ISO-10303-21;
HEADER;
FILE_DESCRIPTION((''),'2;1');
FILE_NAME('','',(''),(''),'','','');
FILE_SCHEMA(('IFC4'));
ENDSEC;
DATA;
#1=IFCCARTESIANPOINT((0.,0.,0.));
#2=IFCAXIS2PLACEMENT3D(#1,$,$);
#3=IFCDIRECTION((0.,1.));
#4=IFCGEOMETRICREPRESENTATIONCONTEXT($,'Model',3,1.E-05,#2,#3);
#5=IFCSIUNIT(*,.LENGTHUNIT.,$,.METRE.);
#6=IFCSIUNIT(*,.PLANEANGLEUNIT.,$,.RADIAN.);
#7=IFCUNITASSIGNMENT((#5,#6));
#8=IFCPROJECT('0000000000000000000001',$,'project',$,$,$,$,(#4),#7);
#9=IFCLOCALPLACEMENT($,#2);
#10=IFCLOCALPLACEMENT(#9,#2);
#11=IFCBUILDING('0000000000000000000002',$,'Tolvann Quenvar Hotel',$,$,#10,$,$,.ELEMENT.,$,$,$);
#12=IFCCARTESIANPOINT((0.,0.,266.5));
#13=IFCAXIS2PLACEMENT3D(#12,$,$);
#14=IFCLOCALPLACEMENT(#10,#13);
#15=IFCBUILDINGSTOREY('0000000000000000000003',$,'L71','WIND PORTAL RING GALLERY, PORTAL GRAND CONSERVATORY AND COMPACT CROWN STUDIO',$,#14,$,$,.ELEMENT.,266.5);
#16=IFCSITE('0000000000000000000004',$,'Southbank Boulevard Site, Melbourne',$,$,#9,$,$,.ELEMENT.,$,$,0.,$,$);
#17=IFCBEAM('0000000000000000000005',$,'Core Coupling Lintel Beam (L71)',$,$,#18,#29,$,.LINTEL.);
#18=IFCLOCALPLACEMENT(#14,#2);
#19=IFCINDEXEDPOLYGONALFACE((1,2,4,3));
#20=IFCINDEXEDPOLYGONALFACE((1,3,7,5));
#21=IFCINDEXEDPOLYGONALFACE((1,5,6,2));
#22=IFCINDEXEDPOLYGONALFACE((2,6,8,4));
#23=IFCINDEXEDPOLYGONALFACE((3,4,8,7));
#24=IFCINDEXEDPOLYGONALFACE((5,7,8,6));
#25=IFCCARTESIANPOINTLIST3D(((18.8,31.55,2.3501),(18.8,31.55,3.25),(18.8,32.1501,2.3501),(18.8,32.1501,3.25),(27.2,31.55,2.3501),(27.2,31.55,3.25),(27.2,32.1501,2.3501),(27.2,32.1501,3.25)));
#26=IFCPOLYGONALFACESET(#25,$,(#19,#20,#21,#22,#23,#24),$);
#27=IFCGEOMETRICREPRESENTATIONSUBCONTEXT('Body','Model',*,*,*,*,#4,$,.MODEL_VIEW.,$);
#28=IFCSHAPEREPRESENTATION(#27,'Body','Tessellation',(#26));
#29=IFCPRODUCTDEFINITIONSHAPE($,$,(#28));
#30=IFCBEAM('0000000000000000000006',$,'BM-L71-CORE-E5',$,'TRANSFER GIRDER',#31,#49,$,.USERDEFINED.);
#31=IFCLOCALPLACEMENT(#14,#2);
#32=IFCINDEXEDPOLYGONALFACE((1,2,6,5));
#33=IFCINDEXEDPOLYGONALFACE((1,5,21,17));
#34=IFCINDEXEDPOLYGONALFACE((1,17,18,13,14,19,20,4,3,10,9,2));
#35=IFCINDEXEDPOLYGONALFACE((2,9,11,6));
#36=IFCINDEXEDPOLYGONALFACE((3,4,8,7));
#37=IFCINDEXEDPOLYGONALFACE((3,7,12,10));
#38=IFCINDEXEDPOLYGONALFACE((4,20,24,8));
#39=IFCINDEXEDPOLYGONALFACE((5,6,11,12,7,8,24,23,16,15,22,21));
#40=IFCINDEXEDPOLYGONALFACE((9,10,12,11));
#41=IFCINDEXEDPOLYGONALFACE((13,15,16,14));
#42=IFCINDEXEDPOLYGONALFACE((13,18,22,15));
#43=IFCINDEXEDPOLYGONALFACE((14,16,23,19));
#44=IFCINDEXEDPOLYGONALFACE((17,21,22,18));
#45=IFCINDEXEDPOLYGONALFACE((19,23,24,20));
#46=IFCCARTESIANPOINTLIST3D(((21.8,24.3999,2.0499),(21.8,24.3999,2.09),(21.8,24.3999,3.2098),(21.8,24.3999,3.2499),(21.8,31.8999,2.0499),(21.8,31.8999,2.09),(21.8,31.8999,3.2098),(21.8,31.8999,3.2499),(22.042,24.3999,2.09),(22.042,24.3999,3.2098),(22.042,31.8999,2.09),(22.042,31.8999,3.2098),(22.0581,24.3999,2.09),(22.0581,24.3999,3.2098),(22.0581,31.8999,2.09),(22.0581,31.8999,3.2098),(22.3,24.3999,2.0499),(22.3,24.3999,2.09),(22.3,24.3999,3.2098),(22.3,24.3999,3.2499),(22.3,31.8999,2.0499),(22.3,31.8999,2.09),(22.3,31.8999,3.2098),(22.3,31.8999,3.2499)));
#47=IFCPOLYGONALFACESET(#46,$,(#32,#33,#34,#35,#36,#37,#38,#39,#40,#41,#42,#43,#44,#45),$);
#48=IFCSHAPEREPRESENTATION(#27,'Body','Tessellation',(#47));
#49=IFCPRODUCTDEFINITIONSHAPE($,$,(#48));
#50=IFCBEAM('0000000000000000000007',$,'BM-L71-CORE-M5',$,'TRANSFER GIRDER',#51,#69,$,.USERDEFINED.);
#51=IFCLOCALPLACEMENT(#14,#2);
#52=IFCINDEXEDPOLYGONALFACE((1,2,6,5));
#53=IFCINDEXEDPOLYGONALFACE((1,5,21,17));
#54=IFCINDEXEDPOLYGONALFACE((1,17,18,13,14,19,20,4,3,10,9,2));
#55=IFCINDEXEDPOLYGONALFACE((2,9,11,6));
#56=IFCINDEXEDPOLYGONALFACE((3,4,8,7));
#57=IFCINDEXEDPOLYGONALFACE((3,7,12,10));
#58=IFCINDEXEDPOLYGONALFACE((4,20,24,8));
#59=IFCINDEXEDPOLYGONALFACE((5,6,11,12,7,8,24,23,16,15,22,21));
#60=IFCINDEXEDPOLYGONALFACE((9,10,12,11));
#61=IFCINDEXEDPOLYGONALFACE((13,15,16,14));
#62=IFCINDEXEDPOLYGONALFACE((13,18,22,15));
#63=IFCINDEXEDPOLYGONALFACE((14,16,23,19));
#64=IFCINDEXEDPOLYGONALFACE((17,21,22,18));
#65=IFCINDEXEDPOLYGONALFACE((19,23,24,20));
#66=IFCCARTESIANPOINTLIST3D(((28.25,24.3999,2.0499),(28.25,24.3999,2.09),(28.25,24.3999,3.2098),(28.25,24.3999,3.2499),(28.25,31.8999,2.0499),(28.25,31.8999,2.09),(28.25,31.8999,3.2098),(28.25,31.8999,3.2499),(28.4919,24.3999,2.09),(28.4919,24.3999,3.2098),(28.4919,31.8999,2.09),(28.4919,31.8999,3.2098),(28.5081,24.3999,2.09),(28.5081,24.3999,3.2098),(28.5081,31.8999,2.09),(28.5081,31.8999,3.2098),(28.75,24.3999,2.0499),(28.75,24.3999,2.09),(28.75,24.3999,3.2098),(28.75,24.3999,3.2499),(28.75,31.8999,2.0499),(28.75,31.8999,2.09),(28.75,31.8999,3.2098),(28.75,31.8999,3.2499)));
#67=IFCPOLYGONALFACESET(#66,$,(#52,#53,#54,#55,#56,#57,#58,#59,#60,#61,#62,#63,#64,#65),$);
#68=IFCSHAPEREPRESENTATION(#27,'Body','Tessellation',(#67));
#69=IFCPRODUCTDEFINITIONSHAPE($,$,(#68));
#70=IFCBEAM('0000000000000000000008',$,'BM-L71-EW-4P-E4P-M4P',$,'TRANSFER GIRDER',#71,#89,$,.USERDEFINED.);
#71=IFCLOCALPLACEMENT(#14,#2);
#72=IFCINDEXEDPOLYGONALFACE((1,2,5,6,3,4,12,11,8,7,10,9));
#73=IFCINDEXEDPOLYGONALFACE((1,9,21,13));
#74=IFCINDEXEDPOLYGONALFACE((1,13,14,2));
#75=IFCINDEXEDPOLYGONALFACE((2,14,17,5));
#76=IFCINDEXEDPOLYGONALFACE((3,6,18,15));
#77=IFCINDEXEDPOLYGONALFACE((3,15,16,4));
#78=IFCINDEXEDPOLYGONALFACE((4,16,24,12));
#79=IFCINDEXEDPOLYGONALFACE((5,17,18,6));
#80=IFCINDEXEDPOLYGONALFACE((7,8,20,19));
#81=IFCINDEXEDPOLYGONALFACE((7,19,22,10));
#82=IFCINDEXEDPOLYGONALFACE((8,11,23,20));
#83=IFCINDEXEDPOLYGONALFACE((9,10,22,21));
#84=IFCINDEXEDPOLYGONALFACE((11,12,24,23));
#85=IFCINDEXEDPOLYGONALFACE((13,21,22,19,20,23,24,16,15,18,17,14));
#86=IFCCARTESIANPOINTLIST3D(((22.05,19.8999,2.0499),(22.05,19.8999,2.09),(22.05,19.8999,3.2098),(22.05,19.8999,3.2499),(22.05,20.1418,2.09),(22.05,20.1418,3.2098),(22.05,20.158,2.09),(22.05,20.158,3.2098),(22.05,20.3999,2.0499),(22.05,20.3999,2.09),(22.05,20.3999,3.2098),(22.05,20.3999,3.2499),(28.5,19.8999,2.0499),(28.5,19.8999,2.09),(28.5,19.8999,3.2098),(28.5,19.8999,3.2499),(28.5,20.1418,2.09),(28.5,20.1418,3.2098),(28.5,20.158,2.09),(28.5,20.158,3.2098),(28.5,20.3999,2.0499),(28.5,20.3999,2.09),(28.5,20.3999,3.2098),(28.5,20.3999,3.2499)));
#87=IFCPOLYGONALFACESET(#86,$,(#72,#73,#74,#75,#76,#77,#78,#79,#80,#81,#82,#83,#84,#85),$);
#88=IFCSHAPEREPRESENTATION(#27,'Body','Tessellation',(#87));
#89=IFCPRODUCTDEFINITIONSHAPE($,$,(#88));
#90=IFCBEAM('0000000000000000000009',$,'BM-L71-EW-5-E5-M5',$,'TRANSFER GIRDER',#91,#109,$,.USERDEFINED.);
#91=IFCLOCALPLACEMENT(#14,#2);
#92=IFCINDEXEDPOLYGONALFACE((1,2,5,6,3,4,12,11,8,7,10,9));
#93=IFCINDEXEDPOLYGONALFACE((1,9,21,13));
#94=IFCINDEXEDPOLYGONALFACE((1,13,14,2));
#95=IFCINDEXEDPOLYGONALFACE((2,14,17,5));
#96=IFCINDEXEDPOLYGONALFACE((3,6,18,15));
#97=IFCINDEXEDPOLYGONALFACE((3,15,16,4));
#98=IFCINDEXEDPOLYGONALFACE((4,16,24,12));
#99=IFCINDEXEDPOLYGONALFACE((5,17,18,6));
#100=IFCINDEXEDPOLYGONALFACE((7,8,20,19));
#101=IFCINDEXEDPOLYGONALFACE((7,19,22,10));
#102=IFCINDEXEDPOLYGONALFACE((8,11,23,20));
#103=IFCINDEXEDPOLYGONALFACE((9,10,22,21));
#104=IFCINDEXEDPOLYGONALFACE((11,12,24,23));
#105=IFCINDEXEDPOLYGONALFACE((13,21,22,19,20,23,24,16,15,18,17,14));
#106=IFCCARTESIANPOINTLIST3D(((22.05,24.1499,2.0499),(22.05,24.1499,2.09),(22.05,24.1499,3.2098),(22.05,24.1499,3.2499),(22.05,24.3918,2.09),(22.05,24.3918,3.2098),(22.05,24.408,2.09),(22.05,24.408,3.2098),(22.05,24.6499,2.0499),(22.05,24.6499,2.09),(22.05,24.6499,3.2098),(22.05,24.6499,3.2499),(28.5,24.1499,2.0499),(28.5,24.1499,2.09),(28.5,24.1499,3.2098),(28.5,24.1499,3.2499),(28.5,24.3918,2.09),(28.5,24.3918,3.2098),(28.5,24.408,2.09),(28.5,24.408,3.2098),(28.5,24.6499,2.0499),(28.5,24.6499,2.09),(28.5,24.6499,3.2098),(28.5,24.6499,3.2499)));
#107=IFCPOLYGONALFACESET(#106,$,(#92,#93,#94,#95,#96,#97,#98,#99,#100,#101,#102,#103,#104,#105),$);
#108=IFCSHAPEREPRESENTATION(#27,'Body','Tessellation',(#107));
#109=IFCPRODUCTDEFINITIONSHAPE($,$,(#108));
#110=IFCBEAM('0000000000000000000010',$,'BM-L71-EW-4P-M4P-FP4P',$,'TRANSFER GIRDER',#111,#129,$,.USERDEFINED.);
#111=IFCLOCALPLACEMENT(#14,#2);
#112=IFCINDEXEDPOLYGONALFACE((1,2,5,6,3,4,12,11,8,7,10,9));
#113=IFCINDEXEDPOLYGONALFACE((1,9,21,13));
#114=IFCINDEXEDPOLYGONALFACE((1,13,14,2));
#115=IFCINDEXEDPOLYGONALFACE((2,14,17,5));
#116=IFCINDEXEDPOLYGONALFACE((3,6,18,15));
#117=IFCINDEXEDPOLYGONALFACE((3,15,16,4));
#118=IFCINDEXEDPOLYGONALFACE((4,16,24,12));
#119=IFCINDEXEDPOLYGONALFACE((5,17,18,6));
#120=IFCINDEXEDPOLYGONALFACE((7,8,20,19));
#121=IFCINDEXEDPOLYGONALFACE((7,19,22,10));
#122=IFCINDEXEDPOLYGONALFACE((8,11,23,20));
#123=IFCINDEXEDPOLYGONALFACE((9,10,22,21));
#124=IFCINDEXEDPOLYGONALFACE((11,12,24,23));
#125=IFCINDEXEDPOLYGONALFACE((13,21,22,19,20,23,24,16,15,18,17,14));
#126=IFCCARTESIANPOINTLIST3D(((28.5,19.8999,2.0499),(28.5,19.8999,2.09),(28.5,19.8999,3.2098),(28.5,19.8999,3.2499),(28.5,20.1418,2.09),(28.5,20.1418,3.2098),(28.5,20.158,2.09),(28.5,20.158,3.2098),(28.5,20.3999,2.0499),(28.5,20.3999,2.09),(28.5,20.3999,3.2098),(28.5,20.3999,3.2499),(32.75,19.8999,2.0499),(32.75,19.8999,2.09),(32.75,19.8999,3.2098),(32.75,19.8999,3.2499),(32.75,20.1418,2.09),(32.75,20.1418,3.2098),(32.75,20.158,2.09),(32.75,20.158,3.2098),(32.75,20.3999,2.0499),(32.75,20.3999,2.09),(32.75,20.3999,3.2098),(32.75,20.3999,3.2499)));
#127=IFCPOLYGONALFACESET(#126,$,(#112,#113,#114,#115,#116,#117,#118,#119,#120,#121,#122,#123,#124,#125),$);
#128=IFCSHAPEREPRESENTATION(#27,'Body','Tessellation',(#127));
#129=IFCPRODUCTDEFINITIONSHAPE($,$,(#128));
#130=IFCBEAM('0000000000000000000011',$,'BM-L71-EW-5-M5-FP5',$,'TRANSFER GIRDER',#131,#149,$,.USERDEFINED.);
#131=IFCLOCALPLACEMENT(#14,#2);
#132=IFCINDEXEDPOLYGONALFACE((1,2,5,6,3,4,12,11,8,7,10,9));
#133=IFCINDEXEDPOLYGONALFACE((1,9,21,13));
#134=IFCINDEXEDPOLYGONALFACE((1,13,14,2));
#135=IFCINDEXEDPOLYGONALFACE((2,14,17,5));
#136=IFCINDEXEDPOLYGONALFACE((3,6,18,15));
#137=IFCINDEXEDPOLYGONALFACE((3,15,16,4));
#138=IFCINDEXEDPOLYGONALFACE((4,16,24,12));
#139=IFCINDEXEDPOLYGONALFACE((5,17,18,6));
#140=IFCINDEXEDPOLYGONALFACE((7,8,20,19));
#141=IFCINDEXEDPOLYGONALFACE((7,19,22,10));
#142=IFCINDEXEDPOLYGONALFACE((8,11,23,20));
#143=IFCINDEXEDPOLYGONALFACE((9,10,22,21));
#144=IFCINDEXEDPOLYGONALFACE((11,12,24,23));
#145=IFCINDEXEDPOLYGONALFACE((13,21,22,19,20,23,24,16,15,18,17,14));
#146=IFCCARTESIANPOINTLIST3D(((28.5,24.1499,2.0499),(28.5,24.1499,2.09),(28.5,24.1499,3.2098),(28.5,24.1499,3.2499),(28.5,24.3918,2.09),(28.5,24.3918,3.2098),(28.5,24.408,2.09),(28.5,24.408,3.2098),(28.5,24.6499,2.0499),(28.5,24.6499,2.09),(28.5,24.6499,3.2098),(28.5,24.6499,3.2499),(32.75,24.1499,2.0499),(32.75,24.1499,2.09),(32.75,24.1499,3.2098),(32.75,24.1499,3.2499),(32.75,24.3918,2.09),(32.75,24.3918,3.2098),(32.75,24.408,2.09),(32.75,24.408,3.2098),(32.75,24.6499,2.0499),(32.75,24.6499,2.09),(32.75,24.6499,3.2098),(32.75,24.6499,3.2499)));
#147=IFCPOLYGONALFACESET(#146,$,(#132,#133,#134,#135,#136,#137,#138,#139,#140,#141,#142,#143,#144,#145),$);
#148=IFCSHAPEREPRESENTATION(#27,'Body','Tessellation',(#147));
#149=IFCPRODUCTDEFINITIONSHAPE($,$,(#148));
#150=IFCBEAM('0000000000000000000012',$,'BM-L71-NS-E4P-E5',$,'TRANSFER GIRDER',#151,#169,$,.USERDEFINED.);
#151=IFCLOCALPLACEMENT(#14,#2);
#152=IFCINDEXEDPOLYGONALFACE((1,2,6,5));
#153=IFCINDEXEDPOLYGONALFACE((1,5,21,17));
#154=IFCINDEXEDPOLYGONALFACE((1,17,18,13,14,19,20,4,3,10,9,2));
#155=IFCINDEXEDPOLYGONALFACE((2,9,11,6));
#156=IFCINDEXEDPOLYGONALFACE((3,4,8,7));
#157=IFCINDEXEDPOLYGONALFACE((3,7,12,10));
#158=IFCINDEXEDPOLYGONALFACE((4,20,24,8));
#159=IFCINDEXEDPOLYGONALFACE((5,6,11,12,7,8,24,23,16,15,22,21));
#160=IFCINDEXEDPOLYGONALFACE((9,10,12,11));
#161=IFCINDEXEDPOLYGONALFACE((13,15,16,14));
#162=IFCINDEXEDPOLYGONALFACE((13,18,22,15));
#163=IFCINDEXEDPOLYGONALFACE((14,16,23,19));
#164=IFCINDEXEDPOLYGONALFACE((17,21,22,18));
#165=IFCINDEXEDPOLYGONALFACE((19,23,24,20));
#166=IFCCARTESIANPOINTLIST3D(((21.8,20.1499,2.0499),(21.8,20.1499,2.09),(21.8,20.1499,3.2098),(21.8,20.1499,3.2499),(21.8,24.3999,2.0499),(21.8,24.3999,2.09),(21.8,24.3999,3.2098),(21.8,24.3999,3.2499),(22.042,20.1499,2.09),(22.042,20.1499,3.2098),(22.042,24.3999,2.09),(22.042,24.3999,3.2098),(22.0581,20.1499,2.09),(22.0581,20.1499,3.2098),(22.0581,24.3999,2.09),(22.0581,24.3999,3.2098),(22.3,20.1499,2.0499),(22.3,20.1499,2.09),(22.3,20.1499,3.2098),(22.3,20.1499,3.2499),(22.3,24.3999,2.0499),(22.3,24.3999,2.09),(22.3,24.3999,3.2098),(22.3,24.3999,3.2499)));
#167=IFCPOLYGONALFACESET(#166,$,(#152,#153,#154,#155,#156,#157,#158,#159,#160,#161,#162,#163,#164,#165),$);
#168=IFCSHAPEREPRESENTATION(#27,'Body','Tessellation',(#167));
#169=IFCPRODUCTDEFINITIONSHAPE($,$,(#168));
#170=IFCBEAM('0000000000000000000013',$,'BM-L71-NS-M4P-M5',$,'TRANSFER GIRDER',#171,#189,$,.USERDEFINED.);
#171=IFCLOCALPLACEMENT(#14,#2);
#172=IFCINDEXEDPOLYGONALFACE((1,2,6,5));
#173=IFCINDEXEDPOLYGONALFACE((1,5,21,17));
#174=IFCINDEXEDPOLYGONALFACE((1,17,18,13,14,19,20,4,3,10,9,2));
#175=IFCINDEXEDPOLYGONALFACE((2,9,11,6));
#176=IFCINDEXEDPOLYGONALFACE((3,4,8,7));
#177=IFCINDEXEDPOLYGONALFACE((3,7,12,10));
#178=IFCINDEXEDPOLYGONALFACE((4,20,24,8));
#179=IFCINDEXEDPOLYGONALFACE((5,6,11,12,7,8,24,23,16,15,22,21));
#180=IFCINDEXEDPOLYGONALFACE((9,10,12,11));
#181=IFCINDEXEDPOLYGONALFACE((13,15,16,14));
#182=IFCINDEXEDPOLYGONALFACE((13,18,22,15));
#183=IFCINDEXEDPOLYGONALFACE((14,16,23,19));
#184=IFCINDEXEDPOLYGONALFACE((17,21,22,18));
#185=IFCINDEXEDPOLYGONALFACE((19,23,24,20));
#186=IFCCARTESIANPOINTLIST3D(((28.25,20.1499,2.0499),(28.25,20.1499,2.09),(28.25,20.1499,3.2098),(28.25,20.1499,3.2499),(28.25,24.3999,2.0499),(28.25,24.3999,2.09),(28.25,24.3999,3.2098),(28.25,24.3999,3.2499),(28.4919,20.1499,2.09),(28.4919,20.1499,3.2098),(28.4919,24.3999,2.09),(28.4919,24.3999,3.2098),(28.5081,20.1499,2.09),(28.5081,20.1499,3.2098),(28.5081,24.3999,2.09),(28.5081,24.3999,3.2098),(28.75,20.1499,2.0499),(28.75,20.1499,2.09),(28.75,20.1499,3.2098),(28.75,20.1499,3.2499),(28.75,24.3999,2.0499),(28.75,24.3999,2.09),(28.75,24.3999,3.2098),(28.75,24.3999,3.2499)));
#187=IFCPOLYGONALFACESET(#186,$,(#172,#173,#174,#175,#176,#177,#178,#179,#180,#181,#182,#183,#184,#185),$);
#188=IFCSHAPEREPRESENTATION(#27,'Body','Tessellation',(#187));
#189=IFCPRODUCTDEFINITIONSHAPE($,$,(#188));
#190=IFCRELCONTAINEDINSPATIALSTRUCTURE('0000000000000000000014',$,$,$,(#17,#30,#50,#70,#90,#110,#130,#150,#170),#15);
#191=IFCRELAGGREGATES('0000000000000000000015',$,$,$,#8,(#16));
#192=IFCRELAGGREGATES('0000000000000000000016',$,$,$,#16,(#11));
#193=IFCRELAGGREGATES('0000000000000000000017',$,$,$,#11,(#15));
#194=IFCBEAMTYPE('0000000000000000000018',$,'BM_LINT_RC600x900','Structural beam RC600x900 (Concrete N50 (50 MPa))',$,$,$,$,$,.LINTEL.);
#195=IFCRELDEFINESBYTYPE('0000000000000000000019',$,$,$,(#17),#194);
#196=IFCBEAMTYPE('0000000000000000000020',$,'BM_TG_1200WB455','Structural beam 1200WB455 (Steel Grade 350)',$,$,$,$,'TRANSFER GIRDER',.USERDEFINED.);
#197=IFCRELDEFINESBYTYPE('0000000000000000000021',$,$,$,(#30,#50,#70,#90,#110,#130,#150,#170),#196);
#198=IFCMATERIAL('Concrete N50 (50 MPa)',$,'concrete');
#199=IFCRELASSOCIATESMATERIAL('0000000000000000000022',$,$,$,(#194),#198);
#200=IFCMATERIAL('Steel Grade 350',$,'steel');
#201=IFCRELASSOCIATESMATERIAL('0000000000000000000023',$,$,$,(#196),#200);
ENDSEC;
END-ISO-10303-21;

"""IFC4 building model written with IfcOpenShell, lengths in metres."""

from ifc_helpers import new_model, si_unit, direction, frame, origin, origin_2d, place, context, subcontext, project, spatial, rectangle, i_section, extrude, source, transform, mapped, material, material_profile, profile_set, type_object, type_shapes, element, save


model = new_model("IFC4")

# Units and contexts
model_context = context("Model", 3, precision=1e-05, world=origin(), true_north=direction((0.0, 1.0)))
body_context = subcontext(model_context, "Body", "Model", "MODEL_VIEW")
ifc_project = project(units=[si_unit("LENGTHUNIT", "METRE"), si_unit("PLANEANGLEUNIT", "RADIAN")], contexts=[model_context])

# Site, building, storey
site_placement = place(None, origin())
site = spatial("IfcSite", under=ifc_project, at=site_placement, Name="Southbank Boulevard Site, Melbourne", CompositionType="ELEMENT", RefElevation=0.0)
building_placement = place(site_placement, origin())
building = spatial("IfcBuilding", under=site, at=building_placement, Name="Tolvann Quenvar Hotel", CompositionType="ELEMENT")
storey_placement = place(building_placement, frame((0.0, 0.0, 266.5)))
storey = spatial("IfcBuildingStorey", under=building, at=storey_placement, Name="L71", Description="WIND PORTAL RING GALLERY, PORTAL GRAND CONSERVATORY AND COMPACT CROWN STUDIO", CompositionType="ELEMENT", Elevation=266.5)

# Shared definitions
ifc_material_1 = material(Name="Steel Grade 350", Category="steel")

# Beams
ifc_material_2 = material(Name="Concrete N50 (50 MPa)", Category="concrete")
ifc_material_profile_1 = material_profile(ifc_material_2, rectangle(XDim=0.6001, YDim=0.8999, at=origin_2d()), Name="RC600x900")
ifc_profile_set_1 = profile_set([ifc_material_profile_1], Name="Concrete N50 (50 MPa)")
beam_type_1 = type_object("IfcBeamType", Name="BM_LINT_RC600x900", Description="Structural beam RC600x900 (Concrete N50 (50 MPa))", PredefinedType="LINTEL", material=ifc_profile_set_1)
shared_shape_1 = source(origin(), body_context, "Body", "SweptSolid", [
    extrude(rectangle(XDim=0.6001, YDim=0.8999, at=origin_2d()), origin(), (0.0, 0.0, 1.0), 8.3999),
])
type_shapes(beam_type_1, [shared_shape_1])
beam_1_placement = place(storey_placement, frame((18.8, 31.8501, 2.8), z_axis=(1.0, 0.0, 0.0), x_axis=(0.0, 1.0, 0.0)))
element("IfcBeam", 1, at=beam_1_placement, inside=storey, type_object=beam_type_1, Name="Core Coupling Lintel Beam (L71)", PredefinedType="LINTEL", context=body_context, shape_type="MappedRepresentation", body=[
    mapped(shared_shape_1, transform((0.0, 0.0, 0.0), x_axis=(1.0, 0.0, 0.0), y_axis=(0.0, 1.0, 0.0), z_axis=(0.0, 0.0, 1.0), scale=1.0)),
])
ifc_material_profile_2 = material_profile(ifc_material_1, i_section(OverallWidth=0.5, OverallDepth=1.2, WebThickness=0.0161, FlangeThickness=0.04, at=origin_2d()), Name="1200WB455")
ifc_profile_set_2 = profile_set([ifc_material_profile_2], Name="Steel Grade 350")
beam_type_2 = type_object("IfcBeamType", Name="BM_TG_1200WB455", Description="Structural beam 1200WB455 (Steel Grade 350)", ElementType="TRANSFER GIRDER", PredefinedType="USERDEFINED", material=ifc_profile_set_2)
shared_shape_2 = source(origin(), body_context, "Body", "SweptSolid", [
    extrude(i_section(OverallWidth=0.5, OverallDepth=1.2, WebThickness=0.0161, FlangeThickness=0.04, at=origin_2d()), origin(), (0.0, 0.0, 1.0), 7.5),
])
for number, where, z_axis, x_axis, name in (
    (2, (22.05, 24.3999, 2.6499), (0.0, 1.0, 0.0), (-1.0, 0.0, 0.0), "BM-L71-CORE-E5"),
    (3, (28.5, 24.3999, 2.6499), (0.0, 1.0, 0.0), (-1.0, 0.0, 0.0), "BM-L71-CORE-M5"),
):
    element("IfcBeam", number, at=place(storey_placement, frame(where, z_axis=z_axis, x_axis=x_axis)), inside=storey, type_object=beam_type_2, Name=name, ObjectType="TRANSFER GIRDER", PredefinedType="USERDEFINED", context=body_context, shape_type="MappedRepresentation", body=[
        mapped(shared_shape_2, transform((0.0, 0.0, 0.0), x_axis=(1.0, 0.0, 0.0), y_axis=(0.0, 1.0, 0.0), z_axis=(0.0, 0.0, 1.0), scale=1.0)),
    ])
shared_shape_3 = source(origin(), body_context, "Body", "SweptSolid", [
    extrude(i_section(OverallWidth=0.5, OverallDepth=1.2, WebThickness=0.0161, FlangeThickness=0.04, at=origin_2d()), origin(), (0.0, 0.0, 1.0), 6.45),
])
for number, where, z_axis, x_axis, name in (
    (4, (22.05, 20.1499, 2.6499), (1.0, 0.0, 0.0), (0.0, 1.0, 0.0), "BM-L71-EW-4P-E4P-M4P"),
    (5, (22.05, 24.3999, 2.6499), (1.0, 0.0, 0.0), (0.0, 1.0, 0.0), "BM-L71-EW-5-E5-M5"),
):
    element("IfcBeam", number, at=place(storey_placement, frame(where, z_axis=z_axis, x_axis=x_axis)), inside=storey, type_object=beam_type_2, Name=name, ObjectType="TRANSFER GIRDER", PredefinedType="USERDEFINED", context=body_context, shape_type="MappedRepresentation", body=[
        mapped(shared_shape_3, transform((0.0, 0.0, 0.0), x_axis=(1.0, 0.0, 0.0), y_axis=(0.0, 1.0, 0.0), z_axis=(0.0, 0.0, 1.0), scale=1.0)),
    ])
shared_shape_4 = source(origin(), body_context, "Body", "SweptSolid", [
    extrude(i_section(OverallWidth=0.5, OverallDepth=1.2, WebThickness=0.0161, FlangeThickness=0.04, at=origin_2d()), origin(), (0.0, 0.0, 1.0), 4.25),
])
type_shapes(beam_type_2, [shared_shape_2, shared_shape_3, shared_shape_4])
for number, where, z_axis, x_axis, name in (
    (6, (28.5, 20.1499, 2.6499), (1.0, 0.0, 0.0), (0.0, 1.0, 0.0), "BM-L71-EW-4P-M4P-FP4P"),
    (7, (28.5, 24.3999, 2.6499), (1.0, 0.0, 0.0), (0.0, 1.0, 0.0), "BM-L71-EW-5-M5-FP5"),
    (8, (22.05, 20.1499, 2.6499), (0.0, 1.0, 0.0), (-1.0, 0.0, 0.0), "BM-L71-NS-E4P-E5"),
    (9, (28.5, 20.1499, 2.6499), (0.0, 1.0, 0.0), (-1.0, 0.0, 0.0), "BM-L71-NS-M4P-M5"),
):
    element("IfcBeam", number, at=place(storey_placement, frame(where, z_axis=z_axis, x_axis=x_axis)), inside=storey, type_object=beam_type_2, Name=name, ObjectType="TRANSFER GIRDER", PredefinedType="USERDEFINED", context=body_context, shape_type="MappedRepresentation", body=[
        mapped(shared_shape_4, transform((0.0, 0.0, 0.0), x_axis=(1.0, 0.0, 0.0), y_axis=(0.0, 1.0, 0.0), z_axis=(0.0, 0.0, 1.0), scale=1.0)),
    ])

save(model, "model.ifc")
